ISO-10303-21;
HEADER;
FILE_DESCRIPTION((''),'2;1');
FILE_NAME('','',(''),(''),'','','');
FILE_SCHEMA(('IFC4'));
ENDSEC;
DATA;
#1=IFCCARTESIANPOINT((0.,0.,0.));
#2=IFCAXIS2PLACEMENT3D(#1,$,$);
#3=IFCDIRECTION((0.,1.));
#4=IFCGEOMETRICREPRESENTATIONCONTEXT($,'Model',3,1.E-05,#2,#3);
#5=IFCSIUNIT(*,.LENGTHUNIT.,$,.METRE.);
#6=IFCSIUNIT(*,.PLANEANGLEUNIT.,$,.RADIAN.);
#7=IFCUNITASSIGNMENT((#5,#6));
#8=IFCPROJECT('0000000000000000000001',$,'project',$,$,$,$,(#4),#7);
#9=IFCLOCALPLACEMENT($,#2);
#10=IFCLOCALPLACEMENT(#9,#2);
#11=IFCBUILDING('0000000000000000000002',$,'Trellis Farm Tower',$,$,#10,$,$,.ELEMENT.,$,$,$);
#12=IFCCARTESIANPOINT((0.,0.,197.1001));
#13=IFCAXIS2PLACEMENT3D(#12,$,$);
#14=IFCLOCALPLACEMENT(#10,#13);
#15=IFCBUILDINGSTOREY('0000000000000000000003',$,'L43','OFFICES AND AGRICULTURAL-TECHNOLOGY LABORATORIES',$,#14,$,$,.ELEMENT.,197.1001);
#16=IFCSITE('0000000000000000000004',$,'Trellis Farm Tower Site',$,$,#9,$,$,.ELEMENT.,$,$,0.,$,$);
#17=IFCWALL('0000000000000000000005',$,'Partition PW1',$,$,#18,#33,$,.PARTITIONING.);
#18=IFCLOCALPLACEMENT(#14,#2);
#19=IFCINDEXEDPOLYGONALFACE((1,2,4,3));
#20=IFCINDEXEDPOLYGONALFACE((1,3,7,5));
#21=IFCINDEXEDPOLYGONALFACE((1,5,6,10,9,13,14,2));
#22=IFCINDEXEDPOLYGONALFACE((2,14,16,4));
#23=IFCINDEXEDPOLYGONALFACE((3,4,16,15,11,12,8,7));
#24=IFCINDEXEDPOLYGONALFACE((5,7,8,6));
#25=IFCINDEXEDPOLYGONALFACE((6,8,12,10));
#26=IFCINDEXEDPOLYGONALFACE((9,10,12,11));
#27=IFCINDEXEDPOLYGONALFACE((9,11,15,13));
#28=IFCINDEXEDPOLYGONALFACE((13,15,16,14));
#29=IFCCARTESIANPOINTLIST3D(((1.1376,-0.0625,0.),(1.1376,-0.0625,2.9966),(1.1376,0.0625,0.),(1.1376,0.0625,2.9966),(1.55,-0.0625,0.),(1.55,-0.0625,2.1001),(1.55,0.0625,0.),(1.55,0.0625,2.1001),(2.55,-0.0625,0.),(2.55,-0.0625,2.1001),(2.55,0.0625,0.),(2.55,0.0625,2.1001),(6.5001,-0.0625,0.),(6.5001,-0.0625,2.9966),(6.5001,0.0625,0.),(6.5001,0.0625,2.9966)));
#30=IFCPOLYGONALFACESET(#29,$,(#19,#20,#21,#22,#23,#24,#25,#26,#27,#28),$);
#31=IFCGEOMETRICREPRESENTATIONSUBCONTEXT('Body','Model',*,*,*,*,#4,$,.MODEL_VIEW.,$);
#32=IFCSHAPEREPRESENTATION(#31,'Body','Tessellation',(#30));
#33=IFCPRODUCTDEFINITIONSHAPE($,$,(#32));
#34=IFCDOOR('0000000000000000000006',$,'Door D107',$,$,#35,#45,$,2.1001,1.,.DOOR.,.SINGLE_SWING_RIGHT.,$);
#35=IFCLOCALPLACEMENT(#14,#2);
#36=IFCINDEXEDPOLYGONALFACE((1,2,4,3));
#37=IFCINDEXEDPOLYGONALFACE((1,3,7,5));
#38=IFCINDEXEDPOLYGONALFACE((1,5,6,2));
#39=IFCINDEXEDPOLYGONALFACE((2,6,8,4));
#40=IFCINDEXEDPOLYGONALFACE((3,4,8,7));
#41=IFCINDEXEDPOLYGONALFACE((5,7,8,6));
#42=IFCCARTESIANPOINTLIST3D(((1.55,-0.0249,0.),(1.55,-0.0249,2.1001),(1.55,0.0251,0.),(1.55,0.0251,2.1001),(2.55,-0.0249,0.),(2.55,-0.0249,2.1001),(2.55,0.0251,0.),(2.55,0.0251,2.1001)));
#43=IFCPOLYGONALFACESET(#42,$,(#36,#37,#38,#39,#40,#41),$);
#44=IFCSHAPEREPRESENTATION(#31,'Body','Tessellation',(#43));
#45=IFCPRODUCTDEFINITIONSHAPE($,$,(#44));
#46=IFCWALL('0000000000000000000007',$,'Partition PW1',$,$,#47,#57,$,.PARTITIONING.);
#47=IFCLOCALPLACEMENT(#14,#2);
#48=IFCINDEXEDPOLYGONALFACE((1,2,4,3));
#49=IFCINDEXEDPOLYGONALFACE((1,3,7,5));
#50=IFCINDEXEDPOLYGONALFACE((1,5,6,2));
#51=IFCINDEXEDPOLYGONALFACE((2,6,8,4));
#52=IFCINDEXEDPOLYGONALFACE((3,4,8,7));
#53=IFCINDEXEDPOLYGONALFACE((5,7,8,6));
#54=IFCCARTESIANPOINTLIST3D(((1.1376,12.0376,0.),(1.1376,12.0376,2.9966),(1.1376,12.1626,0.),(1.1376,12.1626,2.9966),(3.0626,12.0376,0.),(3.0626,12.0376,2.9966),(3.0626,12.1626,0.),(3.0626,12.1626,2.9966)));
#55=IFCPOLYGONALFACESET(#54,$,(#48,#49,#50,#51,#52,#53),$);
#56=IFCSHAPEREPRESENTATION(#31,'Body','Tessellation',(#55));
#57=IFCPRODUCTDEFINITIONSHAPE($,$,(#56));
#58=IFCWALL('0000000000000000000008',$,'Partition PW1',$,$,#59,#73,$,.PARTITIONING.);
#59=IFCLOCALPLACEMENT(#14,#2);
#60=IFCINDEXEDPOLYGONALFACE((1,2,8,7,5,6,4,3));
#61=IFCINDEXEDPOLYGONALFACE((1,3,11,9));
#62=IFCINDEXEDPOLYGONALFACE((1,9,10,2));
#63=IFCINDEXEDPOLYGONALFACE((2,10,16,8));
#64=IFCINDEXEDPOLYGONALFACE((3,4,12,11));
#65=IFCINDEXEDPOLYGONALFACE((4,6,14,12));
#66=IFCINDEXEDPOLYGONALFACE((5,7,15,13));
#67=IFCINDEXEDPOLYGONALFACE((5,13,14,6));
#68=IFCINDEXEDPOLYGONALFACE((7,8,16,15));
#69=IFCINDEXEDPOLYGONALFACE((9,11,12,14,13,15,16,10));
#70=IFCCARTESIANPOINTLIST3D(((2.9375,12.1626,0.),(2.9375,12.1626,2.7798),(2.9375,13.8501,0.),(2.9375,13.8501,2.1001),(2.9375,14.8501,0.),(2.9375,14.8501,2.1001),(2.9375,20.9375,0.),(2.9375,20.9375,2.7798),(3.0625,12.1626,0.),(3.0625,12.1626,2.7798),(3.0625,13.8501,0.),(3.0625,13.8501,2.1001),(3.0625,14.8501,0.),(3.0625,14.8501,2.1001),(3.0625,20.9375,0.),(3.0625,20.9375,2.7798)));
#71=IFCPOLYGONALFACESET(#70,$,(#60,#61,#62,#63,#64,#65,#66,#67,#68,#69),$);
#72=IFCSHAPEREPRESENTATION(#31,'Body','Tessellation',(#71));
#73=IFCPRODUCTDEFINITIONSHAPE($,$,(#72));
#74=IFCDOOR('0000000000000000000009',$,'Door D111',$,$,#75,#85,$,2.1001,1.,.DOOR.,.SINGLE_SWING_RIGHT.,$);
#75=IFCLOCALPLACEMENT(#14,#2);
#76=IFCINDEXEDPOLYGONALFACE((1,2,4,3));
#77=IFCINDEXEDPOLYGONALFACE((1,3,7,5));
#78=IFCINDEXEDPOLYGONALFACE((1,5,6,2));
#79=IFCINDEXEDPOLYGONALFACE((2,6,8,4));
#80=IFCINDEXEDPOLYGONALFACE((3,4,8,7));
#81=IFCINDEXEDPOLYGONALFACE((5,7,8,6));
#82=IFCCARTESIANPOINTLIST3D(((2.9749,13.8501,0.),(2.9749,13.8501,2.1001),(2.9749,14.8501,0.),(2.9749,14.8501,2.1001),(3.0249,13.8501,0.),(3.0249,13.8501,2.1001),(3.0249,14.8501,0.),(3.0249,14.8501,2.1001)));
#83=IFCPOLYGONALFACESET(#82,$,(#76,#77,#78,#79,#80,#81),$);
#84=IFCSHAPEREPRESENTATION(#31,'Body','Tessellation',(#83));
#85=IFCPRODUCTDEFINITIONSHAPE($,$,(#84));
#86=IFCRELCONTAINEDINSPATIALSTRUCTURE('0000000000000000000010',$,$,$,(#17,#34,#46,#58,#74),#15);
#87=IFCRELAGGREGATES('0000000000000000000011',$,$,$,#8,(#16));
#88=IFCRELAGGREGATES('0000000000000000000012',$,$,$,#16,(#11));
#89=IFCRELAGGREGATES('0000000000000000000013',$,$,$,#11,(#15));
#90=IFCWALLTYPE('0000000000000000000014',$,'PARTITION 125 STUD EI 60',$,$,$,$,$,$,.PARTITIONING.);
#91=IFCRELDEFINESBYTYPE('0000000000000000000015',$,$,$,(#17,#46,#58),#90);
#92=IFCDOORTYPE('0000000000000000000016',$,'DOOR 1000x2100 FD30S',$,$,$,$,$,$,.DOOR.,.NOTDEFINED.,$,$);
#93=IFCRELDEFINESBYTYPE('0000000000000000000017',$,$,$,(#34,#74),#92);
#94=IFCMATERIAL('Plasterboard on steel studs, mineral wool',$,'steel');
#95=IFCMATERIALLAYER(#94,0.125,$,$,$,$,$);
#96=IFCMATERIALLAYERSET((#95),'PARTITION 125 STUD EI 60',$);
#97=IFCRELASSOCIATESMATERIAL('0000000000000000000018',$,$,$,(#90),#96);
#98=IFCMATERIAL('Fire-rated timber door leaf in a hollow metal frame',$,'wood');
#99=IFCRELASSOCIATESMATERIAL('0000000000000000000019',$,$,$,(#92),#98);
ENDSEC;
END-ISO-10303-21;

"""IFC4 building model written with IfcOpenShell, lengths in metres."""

from ifc_helpers import new_model, si_unit, direction, frame, frame_2d, origin, place, context, subcontext, project, spatial, rectangle, extrude, source, transform, mapped, material, layer, layer_set, type_object, element, fill, save


model = new_model("IFC4")

# Units and contexts
model_context = context("Model", 3, precision=1e-05, world=origin(), true_north=direction((0.0, 1.0)))
body_context = subcontext(model_context, "Body", "Model", "MODEL_VIEW")
ifc_project = project(units=[si_unit("LENGTHUNIT", "METRE"), si_unit("PLANEANGLEUNIT", "RADIAN")], contexts=[model_context])

# Site, building, storey
site_placement = place(None, origin())
site = spatial("IfcSite", under=ifc_project, at=site_placement, Name="Trellis Farm Tower Site", CompositionType="ELEMENT", RefElevation=0.0)
building_placement = place(site_placement, origin())
building = spatial("IfcBuilding", under=site, at=building_placement, Name="Trellis Farm Tower", CompositionType="ELEMENT")
storey_placement = place(building_placement, frame((0.0, 0.0, 197.1001)))
storey = spatial("IfcBuildingStorey", under=building, at=storey_placement, Name="L43", Description="OFFICES AND AGRICULTURAL-TECHNOLOGY LABORATORIES", CompositionType="ELEMENT", Elevation=197.1001)

# Shared definitions
ifc_material_1 = material(Name="Plasterboard on steel studs, mineral wool", Category="steel")
ifc_layer_1 = layer(ifc_material_1, 0.125)
ifc_layer_set_1 = layer_set([ifc_layer_1], Name="PARTITION 125 STUD EI 60")
wall_type_1 = type_object("IfcWallType", Name="PARTITION 125 STUD EI 60", PredefinedType="PARTITIONING", material=ifc_layer_set_1)

# Wall, opening, door
shared_shape_1 = source(origin(), body_context, "Body", "SweptSolid", [
    extrude(rectangle(XDim=5.3625, YDim=0.125, at=frame_2d((2.6812, 0.0))), origin(), (0.0, 0.0, 1.0), 2.9966),
])
wall_1_placement = place(storey_placement, frame((6.5, 0.0, 0.0), z_axis=(0.0, 0.0, 1.0), x_axis=(-1.0, 0.0, 0.0)))
wall_1 = element("IfcWall", 1, at=wall_1_placement, inside=storey, type_object=wall_type_1, Name="Partition PW1", PredefinedType="PARTITIONING", context=body_context, shape_type="MappedRepresentation", body=[
    mapped(shared_shape_1, transform((0.0, 0.0, 0.0))),
])
shared_shape_2 = source(origin(), body_context, "Body", "SweptSolid", [
    extrude(rectangle(XDim=1.0, YDim=2.1001, at=frame_2d((0.5, 1.05))), frame((0.0, 0.0725, 0.0), z_axis=(0.0, -1.0, 0.0), x_axis=(1.0, 0.0, 0.0)), (0.0, 0.0, 1.0), 0.145),
])
opening_1_placement = place(wall_1_placement, frame((3.95, 0.0, 0.0)))
opening_1 = element("IfcOpeningElement", 2, at=opening_1_placement, cuts=wall_1, PredefinedType="OPENING", context=body_context, shape_type="MappedRepresentation", body=[
    mapped(shared_shape_2, transform((0.0, 0.0, 0.0))),
])
ifc_material_2 = material(Name="Fire-rated timber door leaf in a hollow metal frame", Category="wood")
door_type_1 = type_object("IfcDoorType", Name="DOOR 1000x2100 FD30S", OperationType="NOTDEFINED", PredefinedType="DOOR", material=ifc_material_2)
shared_shape_3 = source(origin(), body_context, "Body", "SweptSolid", [
    extrude(rectangle(XDim=1.0, YDim=2.1001, at=frame_2d((0.5, 1.05))), frame((0.0, 0.0249, 0.0), z_axis=(0.0, -1.0, 0.0), x_axis=(1.0, 0.0, 0.0)), (0.0, 0.0, 1.0), 0.05),
])
door_1_placement = place(opening_1_placement, origin())
door_1 = element("IfcDoor", 3, at=door_1_placement, inside=storey, type_object=door_type_1, Name="Door D107", OperationType="SINGLE_SWING_RIGHT", OverallHeight=2.1001, OverallWidth=1.0, PredefinedType="DOOR", context=body_context, shape_type="MappedRepresentation", body=[
    mapped(shared_shape_3, transform((0.0, 0.0, 0.0))),
])
fill(opening_1, door_1)

# Wall
shared_shape_4 = source(origin(), body_context, "Body", "SweptSolid", [
    extrude(rectangle(XDim=1.925, YDim=0.125, at=frame_2d((0.9624, 0.0))), origin(), (0.0, 0.0, 1.0), 2.9966),
])
wall_2_placement = place(storey_placement, frame((3.0625, 12.1001, 0.0), z_axis=(0.0, 0.0, 1.0), x_axis=(-1.0, 0.0, 0.0)))
element("IfcWall", 4, at=wall_2_placement, inside=storey, type_object=wall_type_1, Name="Partition PW1", PredefinedType="PARTITIONING", context=body_context, shape_type="MappedRepresentation", body=[
    mapped(shared_shape_4, transform((0.0, 0.0, 0.0))),
])

# Wall, opening, door
shared_shape_5 = source(origin(), body_context, "Body", "SweptSolid", [
    extrude(rectangle(XDim=8.7749, YDim=0.125, at=frame_2d((4.3875, 0.0))), origin(), (0.0, 0.0, 1.0), 2.7798),
])
wall_3_placement = place(storey_placement, frame((3.0, 20.9375, 0.0), z_axis=(0.0, 0.0, 1.0), x_axis=(0.0, -1.0, 0.0)))
wall_3 = element("IfcWall", 5, at=wall_3_placement, inside=storey, type_object=wall_type_1, Name="Partition PW1", PredefinedType="PARTITIONING", context=body_context, shape_type="MappedRepresentation", body=[
    mapped(shared_shape_5, transform((0.0, 0.0, 0.0))),
])
opening_2_placement = place(wall_3_placement, frame((6.0874, 0.0, 0.0)))
opening_2 = element("IfcOpeningElement", 6, at=opening_2_placement, cuts=wall_3, PredefinedType="OPENING", context=body_context, shape_type="MappedRepresentation", body=[
    mapped(shared_shape_2, transform((0.0, 0.0, 0.0))),
])
door_2_placement = place(opening_2_placement, origin())
door_2 = element("IfcDoor", 7, at=door_2_placement, inside=storey, type_object=door_type_1, Name="Door D111", OperationType="SINGLE_SWING_RIGHT", OverallHeight=2.1001, OverallWidth=1.0, PredefinedType="DOOR", context=body_context, shape_type="MappedRepresentation", body=[
    mapped(shared_shape_3, transform((0.0, 0.0, 0.0))),
])
fill(opening_2, door_2)

save(model, "model.ifc")
